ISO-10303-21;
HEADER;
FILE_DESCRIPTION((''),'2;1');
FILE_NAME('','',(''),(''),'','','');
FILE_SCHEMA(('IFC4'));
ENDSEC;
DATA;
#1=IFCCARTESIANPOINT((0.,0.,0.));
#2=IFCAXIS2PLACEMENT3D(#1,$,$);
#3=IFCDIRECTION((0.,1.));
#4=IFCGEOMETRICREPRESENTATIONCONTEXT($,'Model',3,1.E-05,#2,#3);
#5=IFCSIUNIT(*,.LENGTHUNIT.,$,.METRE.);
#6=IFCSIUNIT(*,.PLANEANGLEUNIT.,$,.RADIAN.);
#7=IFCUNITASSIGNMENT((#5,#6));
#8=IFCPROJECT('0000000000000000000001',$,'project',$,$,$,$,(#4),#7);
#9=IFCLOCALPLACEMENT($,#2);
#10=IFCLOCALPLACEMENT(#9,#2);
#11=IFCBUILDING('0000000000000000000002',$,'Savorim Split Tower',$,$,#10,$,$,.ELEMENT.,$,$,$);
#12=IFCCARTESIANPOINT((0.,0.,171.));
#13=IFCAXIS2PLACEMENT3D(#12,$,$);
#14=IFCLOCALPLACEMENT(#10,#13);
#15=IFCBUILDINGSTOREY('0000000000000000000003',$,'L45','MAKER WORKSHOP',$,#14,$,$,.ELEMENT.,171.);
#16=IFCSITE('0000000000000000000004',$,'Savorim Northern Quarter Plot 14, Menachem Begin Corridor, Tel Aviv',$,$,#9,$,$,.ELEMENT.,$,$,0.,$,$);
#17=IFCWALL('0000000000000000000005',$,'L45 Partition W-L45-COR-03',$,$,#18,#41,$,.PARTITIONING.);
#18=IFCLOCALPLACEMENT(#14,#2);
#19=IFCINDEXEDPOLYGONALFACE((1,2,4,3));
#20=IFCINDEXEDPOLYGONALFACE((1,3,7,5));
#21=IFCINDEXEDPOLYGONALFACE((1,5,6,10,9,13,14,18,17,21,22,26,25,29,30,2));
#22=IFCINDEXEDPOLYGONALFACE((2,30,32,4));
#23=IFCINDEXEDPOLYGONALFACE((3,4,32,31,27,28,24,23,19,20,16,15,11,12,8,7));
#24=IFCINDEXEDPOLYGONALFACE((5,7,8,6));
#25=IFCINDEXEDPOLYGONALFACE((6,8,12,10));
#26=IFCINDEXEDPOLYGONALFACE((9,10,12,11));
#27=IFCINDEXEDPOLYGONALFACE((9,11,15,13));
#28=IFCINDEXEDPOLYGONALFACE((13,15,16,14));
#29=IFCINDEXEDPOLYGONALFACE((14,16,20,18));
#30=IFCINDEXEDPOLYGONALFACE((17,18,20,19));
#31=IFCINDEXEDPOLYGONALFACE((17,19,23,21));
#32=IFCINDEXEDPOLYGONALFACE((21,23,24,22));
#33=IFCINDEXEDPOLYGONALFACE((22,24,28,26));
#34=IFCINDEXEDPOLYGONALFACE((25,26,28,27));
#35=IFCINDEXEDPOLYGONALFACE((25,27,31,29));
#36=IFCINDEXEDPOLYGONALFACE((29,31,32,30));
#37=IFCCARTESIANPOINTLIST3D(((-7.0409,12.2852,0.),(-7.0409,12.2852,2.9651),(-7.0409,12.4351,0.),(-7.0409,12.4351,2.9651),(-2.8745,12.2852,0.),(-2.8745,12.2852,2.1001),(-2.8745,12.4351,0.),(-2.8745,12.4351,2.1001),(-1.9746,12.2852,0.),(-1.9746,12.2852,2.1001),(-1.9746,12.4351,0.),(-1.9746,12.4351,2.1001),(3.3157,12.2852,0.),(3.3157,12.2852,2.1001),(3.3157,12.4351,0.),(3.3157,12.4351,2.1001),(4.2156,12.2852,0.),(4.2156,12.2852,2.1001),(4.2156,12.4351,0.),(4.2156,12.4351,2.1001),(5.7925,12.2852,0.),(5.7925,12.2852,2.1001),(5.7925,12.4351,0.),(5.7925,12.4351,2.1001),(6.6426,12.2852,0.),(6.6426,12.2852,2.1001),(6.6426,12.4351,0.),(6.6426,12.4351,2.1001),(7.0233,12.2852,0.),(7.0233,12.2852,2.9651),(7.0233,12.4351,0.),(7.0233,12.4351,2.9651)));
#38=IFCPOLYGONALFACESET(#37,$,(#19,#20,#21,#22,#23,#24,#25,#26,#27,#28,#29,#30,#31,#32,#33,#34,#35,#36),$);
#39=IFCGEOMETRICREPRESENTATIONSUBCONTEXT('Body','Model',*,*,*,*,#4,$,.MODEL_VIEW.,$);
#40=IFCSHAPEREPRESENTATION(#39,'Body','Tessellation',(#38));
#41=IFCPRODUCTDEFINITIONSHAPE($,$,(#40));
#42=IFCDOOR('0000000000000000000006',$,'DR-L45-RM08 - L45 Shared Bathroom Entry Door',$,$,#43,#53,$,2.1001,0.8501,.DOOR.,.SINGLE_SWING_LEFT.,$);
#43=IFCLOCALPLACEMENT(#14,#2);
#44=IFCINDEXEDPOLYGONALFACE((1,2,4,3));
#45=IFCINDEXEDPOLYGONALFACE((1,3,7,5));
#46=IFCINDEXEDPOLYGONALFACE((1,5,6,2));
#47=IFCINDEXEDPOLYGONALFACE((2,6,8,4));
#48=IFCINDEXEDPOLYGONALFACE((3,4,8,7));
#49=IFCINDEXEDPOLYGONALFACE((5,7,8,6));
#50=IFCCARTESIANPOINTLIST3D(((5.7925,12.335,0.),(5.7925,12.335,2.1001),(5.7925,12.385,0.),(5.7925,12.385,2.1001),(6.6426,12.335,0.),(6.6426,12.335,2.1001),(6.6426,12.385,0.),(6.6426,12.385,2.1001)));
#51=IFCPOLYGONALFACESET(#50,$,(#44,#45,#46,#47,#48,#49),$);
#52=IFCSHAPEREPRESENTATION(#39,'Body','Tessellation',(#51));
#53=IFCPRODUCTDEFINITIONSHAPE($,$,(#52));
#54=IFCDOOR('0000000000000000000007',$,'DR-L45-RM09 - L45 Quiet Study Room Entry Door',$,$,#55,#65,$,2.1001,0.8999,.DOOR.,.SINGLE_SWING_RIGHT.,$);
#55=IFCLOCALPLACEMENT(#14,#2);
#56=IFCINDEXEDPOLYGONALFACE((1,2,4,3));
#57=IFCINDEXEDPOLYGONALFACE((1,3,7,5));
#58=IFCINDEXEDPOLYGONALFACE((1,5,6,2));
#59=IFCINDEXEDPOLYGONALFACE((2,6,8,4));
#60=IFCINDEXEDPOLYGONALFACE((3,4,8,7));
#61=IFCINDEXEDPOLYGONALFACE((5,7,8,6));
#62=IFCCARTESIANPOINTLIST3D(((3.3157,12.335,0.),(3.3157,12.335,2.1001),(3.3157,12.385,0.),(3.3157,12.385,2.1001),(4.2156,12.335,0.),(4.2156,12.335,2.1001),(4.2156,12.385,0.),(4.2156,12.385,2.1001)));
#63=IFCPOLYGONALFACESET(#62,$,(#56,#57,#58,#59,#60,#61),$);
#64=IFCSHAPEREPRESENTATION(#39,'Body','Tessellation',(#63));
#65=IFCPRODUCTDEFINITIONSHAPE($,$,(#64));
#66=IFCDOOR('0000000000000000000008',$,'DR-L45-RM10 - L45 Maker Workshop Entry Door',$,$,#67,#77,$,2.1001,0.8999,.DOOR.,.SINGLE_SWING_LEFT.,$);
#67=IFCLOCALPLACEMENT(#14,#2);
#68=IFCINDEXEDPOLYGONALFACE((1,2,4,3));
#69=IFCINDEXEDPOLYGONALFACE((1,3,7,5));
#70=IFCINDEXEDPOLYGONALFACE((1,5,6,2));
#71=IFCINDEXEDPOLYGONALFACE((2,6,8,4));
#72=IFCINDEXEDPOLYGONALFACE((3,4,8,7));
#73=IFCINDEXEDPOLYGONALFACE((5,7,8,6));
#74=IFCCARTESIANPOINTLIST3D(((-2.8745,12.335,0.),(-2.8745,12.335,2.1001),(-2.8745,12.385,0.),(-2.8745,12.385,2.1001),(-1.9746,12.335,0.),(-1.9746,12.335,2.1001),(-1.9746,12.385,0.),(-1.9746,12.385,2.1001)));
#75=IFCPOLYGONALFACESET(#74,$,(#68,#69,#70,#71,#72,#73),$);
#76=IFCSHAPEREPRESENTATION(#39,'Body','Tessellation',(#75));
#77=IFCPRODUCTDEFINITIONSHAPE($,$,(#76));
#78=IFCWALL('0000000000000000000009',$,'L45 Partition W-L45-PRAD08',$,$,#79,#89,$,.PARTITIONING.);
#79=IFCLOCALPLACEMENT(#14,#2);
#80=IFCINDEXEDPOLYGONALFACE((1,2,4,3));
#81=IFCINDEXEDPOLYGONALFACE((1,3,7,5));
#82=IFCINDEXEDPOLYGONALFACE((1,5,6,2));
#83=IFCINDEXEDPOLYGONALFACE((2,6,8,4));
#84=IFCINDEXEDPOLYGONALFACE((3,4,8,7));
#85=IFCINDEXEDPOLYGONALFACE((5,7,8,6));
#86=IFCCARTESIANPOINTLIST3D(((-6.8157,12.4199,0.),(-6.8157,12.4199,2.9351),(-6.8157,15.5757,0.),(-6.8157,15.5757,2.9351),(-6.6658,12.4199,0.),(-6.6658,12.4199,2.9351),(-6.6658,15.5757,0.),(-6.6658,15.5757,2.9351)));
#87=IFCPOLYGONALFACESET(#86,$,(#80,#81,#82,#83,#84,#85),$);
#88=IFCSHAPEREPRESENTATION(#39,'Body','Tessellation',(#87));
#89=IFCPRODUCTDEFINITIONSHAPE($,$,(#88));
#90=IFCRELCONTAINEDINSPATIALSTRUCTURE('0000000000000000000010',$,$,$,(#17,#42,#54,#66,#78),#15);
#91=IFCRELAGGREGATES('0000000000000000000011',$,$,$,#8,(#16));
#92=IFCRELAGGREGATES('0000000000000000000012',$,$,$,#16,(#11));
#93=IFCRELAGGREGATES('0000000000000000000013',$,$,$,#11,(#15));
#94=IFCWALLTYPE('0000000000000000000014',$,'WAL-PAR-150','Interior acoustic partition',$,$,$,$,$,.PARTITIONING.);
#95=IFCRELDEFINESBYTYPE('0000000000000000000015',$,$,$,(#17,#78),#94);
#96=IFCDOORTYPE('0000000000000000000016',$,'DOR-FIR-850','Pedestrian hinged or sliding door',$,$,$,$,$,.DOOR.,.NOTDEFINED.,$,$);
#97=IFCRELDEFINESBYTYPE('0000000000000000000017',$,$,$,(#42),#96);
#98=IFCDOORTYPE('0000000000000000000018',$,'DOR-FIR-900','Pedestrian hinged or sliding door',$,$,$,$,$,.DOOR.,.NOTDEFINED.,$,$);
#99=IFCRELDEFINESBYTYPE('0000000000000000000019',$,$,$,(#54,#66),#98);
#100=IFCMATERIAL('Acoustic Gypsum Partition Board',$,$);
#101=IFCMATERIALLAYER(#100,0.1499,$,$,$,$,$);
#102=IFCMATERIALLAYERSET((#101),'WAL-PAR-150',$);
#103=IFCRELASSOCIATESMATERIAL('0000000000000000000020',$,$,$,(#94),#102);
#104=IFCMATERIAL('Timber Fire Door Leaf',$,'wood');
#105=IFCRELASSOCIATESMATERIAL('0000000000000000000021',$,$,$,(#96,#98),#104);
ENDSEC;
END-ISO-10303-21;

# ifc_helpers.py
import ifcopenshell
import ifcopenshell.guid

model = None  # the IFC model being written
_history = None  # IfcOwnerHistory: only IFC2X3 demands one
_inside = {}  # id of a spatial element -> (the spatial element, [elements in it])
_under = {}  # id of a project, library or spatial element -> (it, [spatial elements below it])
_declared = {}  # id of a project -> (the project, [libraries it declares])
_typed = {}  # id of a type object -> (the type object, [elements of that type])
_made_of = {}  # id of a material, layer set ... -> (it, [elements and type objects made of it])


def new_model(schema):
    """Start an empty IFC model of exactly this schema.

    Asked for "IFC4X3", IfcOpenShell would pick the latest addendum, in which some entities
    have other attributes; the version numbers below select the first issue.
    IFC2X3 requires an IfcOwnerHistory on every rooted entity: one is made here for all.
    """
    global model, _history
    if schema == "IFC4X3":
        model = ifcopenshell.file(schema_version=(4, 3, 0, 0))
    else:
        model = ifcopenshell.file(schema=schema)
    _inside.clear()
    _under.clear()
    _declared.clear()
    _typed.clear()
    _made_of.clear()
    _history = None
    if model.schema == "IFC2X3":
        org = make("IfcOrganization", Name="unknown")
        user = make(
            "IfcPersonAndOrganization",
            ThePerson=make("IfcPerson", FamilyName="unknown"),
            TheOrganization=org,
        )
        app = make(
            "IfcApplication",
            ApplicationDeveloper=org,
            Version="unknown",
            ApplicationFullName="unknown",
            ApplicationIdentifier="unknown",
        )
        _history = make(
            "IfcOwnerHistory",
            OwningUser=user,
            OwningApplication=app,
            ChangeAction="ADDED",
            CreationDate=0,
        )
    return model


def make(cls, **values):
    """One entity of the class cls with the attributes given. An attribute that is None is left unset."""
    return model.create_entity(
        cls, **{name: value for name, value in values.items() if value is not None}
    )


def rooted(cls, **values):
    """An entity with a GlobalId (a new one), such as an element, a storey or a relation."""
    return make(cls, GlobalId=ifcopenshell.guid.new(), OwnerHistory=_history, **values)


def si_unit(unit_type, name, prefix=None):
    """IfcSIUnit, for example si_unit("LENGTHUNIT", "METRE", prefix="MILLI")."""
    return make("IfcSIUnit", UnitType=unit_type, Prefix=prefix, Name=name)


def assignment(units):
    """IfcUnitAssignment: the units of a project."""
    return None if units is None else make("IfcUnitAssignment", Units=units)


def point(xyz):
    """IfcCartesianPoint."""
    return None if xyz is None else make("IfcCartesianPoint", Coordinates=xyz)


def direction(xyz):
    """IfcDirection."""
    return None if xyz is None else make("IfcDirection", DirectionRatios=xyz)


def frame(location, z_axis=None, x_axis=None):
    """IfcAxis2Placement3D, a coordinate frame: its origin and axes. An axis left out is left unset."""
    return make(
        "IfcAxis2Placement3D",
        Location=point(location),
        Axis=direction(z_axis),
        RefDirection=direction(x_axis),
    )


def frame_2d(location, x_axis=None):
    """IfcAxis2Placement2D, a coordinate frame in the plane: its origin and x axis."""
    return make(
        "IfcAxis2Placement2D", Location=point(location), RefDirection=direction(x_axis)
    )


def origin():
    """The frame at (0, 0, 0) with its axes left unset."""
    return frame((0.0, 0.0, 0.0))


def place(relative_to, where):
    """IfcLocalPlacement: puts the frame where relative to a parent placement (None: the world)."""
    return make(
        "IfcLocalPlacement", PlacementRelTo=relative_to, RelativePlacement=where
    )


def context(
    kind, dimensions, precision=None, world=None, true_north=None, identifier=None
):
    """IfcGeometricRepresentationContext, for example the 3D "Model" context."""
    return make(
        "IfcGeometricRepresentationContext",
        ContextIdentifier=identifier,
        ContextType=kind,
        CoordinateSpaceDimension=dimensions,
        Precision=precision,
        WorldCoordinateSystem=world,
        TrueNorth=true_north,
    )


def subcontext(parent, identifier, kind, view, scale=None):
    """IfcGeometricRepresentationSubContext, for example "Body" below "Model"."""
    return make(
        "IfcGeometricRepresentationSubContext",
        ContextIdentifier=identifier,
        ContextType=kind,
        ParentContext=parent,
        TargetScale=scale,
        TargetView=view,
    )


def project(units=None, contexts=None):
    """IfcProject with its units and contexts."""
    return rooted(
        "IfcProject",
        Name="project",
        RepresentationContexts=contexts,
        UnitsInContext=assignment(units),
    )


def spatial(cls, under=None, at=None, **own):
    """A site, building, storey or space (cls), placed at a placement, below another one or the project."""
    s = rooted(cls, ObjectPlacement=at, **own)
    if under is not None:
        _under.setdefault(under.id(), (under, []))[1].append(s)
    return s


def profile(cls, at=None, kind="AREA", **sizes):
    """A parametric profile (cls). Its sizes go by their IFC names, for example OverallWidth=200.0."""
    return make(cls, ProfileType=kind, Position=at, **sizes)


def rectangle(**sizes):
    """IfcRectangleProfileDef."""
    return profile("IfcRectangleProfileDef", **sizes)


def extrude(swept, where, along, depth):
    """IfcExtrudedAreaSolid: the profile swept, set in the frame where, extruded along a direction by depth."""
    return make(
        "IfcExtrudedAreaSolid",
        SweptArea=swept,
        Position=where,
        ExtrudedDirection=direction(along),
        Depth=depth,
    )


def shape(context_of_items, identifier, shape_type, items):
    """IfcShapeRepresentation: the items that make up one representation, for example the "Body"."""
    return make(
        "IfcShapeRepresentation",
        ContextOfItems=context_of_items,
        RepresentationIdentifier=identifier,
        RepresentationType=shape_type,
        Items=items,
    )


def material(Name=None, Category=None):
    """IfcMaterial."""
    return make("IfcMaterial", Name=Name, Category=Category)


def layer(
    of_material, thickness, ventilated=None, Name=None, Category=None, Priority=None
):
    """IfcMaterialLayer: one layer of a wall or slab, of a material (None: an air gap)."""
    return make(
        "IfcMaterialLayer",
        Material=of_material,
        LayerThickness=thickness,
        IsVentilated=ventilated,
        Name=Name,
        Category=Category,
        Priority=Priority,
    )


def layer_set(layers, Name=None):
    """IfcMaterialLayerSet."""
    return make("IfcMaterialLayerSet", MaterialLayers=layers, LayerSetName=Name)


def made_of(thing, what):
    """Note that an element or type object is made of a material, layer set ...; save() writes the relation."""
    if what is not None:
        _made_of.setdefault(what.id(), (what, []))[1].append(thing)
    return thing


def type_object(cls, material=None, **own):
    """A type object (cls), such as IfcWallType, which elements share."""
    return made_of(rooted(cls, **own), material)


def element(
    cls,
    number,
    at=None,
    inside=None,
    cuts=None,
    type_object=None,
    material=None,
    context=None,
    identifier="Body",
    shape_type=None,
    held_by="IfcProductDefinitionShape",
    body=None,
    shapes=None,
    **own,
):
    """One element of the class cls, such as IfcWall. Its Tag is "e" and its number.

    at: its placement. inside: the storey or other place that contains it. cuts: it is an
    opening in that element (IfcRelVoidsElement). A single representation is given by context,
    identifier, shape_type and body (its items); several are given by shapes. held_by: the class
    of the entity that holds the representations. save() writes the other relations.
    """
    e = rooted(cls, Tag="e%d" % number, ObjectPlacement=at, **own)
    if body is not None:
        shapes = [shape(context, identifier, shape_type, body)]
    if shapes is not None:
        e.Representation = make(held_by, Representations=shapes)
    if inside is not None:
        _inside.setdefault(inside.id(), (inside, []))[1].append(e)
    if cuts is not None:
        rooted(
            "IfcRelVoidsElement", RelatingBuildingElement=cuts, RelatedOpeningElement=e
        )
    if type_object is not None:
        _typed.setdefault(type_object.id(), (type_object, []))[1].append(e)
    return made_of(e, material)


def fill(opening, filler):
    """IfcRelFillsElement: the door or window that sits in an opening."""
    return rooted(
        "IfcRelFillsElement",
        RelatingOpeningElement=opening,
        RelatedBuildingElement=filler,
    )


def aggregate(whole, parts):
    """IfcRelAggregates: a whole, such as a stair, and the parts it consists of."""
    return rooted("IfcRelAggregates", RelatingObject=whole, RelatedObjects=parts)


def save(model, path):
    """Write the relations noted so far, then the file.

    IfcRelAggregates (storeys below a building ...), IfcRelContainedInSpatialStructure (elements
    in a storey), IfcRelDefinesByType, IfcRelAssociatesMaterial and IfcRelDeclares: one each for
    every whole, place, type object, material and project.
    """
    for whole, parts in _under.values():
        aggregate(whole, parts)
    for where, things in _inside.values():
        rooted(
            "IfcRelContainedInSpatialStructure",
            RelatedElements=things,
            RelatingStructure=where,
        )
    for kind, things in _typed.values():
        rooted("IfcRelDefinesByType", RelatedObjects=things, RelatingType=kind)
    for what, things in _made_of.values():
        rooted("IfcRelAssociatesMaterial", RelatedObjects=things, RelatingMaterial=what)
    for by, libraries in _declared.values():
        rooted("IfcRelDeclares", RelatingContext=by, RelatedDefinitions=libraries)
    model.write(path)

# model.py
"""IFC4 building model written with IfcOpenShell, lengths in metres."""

from ifc_helpers import new_model, si_unit, direction, frame, frame_2d, origin, place, context, subcontext, project, spatial, rectangle, extrude, material, layer, layer_set, type_object, element, fill, save


model = new_model("IFC4")

# Units and contexts
model_context = context("Model", 3, precision=1e-05, world=origin(), true_north=direction((0.0, 1.0)))
body_context = subcontext(model_context, "Body", "Model", "MODEL_VIEW")
ifc_project = project(units=[si_unit("LENGTHUNIT", "METRE"), si_unit("PLANEANGLEUNIT", "RADIAN")], contexts=[model_context])

# Site, building, storey
site_placement = place(None, origin())
site = spatial("IfcSite", under=ifc_project, at=site_placement, Name="Savorim Northern Quarter Plot 14, Menachem Begin Corridor, Tel Aviv", CompositionType="ELEMENT", RefElevation=0.0)
building_placement = place(site_placement, origin())
building = spatial("IfcBuilding", under=site, at=building_placement, Name="Savorim Split Tower", CompositionType="ELEMENT")
storey_placement = place(building_placement, frame((0.0, 0.0, 171.0)))
storey = spatial("IfcBuildingStorey", under=building, at=storey_placement, Name="L45", Description="MAKER WORKSHOP", CompositionType="ELEMENT", Elevation=171.0)

# Shared definitions
ifc_material_1 = material(Name="Acoustic Gypsum Partition Board")
ifc_layer_1 = layer(ifc_material_1, 0.1499)
ifc_layer_set_1 = layer_set([ifc_layer_1], Name="WAL-PAR-150")
wall_type_1 = type_object("IfcWallType", Name="WAL-PAR-150", Description="Interior acoustic partition", PredefinedType="PARTITIONING", material=ifc_layer_set_1)

# Wall, openings, doors
wall_1_placement = place(storey_placement, frame((-7.041, 12.3601, 0.0), z_axis=(0.0, 0.0, 1.0), x_axis=(1.0, 0.0, 0.0)))
wall_1 = element("IfcWall", 1, at=wall_1_placement, inside=storey, type_object=wall_type_1, Name="L45 Partition W-L45-COR-03", PredefinedType="PARTITIONING", context=body_context, shape_type="SweptSolid", body=[
    extrude(rectangle(XDim=14.0642, YDim=0.1499, at=frame_2d((7.0322, 0.0))), origin(), (0.0, 0.0, 1.0), 2.9651),
])
opening_1_placement = place(wall_1_placement, frame((12.8335, 0.0, 0.0)))
opening_1 = element("IfcOpeningElement", 2, at=opening_1_placement, cuts=wall_1, PredefinedType="OPENING", context=body_context, shape_type="SweptSolid", body=[
    extrude(rectangle(XDim=0.8501, YDim=2.1001, at=frame_2d((0.425, 1.05))), frame((0.0, 0.085, 0.0), z_axis=(0.0, -1.0, 0.0), x_axis=(1.0, 0.0, 0.0)), (0.0, 0.0, 1.0), 0.1699),
])
opening_2_placement = place(wall_1_placement, frame((10.3567, 0.0, 0.0)))
opening_2 = element("IfcOpeningElement", 3, at=opening_2_placement, cuts=wall_1, PredefinedType="OPENING", context=body_context, shape_type="SweptSolid", body=[
    extrude(rectangle(XDim=0.8999, YDim=2.1001, at=frame_2d((0.45, 1.05))), frame((0.0, 0.085, 0.0), z_axis=(0.0, -1.0, 0.0), x_axis=(1.0, 0.0, 0.0)), (0.0, 0.0, 1.0), 0.1699),
])
opening_3_placement = place(wall_1_placement, frame((4.1665, 0.0, 0.0)))
opening_3 = element("IfcOpeningElement", 4, at=opening_3_placement, cuts=wall_1, PredefinedType="OPENING", context=body_context, shape_type="SweptSolid", body=[
    extrude(rectangle(XDim=0.8999, YDim=2.1001, at=frame_2d((0.45, 1.05))), frame((0.0, 0.085, 0.0), z_axis=(0.0, -1.0, 0.0), x_axis=(1.0, 0.0, 0.0)), (0.0, 0.0, 1.0), 0.1699),
])
ifc_material_2 = material(Name="Timber Fire Door Leaf", Category="wood")
door_type_1 = type_object("IfcDoorType", Name="DOR-FIR-850", Description="Pedestrian hinged or sliding door", OperationType="NOTDEFINED", PredefinedType="DOOR", material=ifc_material_2)
door_1_placement = place(opening_1_placement, origin())
door_1 = element("IfcDoor", 5, at=door_1_placement, inside=storey, type_object=door_type_1, Name="DR-L45-RM08 - L45 Shared Bathroom Entry Door", OperationType="SINGLE_SWING_LEFT", OverallHeight=2.1001, OverallWidth=0.8501, PredefinedType="DOOR", context=body_context, shape_type="SweptSolid", body=[
    extrude(rectangle(XDim=0.8501, YDim=2.1001, at=frame_2d((0.425, 1.05))), frame((0.0, 0.0249, 0.0), z_axis=(0.0, -1.0, 0.0), x_axis=(1.0, 0.0, 0.0)), (0.0, 0.0, 1.0), 0.05),
])
fill(opening_1, door_1)
door_type_2 = type_object("IfcDoorType", Name="DOR-FIR-900", Description="Pedestrian hinged or sliding door", OperationType="NOTDEFINED", PredefinedType="DOOR", material=ifc_material_2)
door_2_placement = place(opening_2_placement, origin())
door_2 = element("IfcDoor", 6, at=door_2_placement, inside=storey, type_object=door_type_2, Name="DR-L45-RM09 - L45 Quiet Study Room Entry Door", OperationType="SINGLE_SWING_RIGHT", OverallHeight=2.1001, OverallWidth=0.8999, PredefinedType="DOOR", context=body_context, shape_type="SweptSolid", body=[
    extrude(rectangle(XDim=0.8999, YDim=2.1001, at=frame_2d((0.45, 1.05))), frame((0.0, 0.0249, 0.0), z_axis=(0.0, -1.0, 0.0), x_axis=(1.0, 0.0, 0.0)), (0.0, 0.0, 1.0), 0.05),
])
fill(opening_2, door_2)
door_3_placement = place(opening_3_placement, origin())
door_3 = element("IfcDoor", 7, at=door_3_placement, inside=storey, type_object=door_type_2, Name="DR-L45-RM10 - L45 Maker Workshop Entry Door", OperationType="SINGLE_SWING_LEFT", OverallHeight=2.1001, OverallWidth=0.8999, PredefinedType="DOOR", context=body_context, shape_type="SweptSolid", body=[
    extrude(rectangle(XDim=0.8999, YDim=2.1001, at=frame_2d((0.45, 1.05))), frame((0.0, 0.0249, 0.0), z_axis=(0.0, -1.0, 0.0), x_axis=(1.0, 0.0, 0.0)), (0.0, 0.0, 1.0), 0.05),
])
fill(opening_3, door_3)

# Wall
wall_2_placement = place(storey_placement, frame((-6.7407, 12.4199, 0.0), z_axis=(0.0, 0.0, 1.0), x_axis=(0.0, 1.0, 0.0)))
element("IfcWall", 8, at=wall_2_placement, inside=storey, type_object=wall_type_1, Name="L45 Partition W-L45-PRAD08", PredefinedType="PARTITIONING", context=body_context, shape_type="SweptSolid", body=[
    extrude(rectangle(XDim=3.1558, YDim=0.1499, at=frame_2d((1.5779, 0.0))), origin(), (0.0, 0.0, 1.0), 2.9351),
])

save(model, "model.ifc")
